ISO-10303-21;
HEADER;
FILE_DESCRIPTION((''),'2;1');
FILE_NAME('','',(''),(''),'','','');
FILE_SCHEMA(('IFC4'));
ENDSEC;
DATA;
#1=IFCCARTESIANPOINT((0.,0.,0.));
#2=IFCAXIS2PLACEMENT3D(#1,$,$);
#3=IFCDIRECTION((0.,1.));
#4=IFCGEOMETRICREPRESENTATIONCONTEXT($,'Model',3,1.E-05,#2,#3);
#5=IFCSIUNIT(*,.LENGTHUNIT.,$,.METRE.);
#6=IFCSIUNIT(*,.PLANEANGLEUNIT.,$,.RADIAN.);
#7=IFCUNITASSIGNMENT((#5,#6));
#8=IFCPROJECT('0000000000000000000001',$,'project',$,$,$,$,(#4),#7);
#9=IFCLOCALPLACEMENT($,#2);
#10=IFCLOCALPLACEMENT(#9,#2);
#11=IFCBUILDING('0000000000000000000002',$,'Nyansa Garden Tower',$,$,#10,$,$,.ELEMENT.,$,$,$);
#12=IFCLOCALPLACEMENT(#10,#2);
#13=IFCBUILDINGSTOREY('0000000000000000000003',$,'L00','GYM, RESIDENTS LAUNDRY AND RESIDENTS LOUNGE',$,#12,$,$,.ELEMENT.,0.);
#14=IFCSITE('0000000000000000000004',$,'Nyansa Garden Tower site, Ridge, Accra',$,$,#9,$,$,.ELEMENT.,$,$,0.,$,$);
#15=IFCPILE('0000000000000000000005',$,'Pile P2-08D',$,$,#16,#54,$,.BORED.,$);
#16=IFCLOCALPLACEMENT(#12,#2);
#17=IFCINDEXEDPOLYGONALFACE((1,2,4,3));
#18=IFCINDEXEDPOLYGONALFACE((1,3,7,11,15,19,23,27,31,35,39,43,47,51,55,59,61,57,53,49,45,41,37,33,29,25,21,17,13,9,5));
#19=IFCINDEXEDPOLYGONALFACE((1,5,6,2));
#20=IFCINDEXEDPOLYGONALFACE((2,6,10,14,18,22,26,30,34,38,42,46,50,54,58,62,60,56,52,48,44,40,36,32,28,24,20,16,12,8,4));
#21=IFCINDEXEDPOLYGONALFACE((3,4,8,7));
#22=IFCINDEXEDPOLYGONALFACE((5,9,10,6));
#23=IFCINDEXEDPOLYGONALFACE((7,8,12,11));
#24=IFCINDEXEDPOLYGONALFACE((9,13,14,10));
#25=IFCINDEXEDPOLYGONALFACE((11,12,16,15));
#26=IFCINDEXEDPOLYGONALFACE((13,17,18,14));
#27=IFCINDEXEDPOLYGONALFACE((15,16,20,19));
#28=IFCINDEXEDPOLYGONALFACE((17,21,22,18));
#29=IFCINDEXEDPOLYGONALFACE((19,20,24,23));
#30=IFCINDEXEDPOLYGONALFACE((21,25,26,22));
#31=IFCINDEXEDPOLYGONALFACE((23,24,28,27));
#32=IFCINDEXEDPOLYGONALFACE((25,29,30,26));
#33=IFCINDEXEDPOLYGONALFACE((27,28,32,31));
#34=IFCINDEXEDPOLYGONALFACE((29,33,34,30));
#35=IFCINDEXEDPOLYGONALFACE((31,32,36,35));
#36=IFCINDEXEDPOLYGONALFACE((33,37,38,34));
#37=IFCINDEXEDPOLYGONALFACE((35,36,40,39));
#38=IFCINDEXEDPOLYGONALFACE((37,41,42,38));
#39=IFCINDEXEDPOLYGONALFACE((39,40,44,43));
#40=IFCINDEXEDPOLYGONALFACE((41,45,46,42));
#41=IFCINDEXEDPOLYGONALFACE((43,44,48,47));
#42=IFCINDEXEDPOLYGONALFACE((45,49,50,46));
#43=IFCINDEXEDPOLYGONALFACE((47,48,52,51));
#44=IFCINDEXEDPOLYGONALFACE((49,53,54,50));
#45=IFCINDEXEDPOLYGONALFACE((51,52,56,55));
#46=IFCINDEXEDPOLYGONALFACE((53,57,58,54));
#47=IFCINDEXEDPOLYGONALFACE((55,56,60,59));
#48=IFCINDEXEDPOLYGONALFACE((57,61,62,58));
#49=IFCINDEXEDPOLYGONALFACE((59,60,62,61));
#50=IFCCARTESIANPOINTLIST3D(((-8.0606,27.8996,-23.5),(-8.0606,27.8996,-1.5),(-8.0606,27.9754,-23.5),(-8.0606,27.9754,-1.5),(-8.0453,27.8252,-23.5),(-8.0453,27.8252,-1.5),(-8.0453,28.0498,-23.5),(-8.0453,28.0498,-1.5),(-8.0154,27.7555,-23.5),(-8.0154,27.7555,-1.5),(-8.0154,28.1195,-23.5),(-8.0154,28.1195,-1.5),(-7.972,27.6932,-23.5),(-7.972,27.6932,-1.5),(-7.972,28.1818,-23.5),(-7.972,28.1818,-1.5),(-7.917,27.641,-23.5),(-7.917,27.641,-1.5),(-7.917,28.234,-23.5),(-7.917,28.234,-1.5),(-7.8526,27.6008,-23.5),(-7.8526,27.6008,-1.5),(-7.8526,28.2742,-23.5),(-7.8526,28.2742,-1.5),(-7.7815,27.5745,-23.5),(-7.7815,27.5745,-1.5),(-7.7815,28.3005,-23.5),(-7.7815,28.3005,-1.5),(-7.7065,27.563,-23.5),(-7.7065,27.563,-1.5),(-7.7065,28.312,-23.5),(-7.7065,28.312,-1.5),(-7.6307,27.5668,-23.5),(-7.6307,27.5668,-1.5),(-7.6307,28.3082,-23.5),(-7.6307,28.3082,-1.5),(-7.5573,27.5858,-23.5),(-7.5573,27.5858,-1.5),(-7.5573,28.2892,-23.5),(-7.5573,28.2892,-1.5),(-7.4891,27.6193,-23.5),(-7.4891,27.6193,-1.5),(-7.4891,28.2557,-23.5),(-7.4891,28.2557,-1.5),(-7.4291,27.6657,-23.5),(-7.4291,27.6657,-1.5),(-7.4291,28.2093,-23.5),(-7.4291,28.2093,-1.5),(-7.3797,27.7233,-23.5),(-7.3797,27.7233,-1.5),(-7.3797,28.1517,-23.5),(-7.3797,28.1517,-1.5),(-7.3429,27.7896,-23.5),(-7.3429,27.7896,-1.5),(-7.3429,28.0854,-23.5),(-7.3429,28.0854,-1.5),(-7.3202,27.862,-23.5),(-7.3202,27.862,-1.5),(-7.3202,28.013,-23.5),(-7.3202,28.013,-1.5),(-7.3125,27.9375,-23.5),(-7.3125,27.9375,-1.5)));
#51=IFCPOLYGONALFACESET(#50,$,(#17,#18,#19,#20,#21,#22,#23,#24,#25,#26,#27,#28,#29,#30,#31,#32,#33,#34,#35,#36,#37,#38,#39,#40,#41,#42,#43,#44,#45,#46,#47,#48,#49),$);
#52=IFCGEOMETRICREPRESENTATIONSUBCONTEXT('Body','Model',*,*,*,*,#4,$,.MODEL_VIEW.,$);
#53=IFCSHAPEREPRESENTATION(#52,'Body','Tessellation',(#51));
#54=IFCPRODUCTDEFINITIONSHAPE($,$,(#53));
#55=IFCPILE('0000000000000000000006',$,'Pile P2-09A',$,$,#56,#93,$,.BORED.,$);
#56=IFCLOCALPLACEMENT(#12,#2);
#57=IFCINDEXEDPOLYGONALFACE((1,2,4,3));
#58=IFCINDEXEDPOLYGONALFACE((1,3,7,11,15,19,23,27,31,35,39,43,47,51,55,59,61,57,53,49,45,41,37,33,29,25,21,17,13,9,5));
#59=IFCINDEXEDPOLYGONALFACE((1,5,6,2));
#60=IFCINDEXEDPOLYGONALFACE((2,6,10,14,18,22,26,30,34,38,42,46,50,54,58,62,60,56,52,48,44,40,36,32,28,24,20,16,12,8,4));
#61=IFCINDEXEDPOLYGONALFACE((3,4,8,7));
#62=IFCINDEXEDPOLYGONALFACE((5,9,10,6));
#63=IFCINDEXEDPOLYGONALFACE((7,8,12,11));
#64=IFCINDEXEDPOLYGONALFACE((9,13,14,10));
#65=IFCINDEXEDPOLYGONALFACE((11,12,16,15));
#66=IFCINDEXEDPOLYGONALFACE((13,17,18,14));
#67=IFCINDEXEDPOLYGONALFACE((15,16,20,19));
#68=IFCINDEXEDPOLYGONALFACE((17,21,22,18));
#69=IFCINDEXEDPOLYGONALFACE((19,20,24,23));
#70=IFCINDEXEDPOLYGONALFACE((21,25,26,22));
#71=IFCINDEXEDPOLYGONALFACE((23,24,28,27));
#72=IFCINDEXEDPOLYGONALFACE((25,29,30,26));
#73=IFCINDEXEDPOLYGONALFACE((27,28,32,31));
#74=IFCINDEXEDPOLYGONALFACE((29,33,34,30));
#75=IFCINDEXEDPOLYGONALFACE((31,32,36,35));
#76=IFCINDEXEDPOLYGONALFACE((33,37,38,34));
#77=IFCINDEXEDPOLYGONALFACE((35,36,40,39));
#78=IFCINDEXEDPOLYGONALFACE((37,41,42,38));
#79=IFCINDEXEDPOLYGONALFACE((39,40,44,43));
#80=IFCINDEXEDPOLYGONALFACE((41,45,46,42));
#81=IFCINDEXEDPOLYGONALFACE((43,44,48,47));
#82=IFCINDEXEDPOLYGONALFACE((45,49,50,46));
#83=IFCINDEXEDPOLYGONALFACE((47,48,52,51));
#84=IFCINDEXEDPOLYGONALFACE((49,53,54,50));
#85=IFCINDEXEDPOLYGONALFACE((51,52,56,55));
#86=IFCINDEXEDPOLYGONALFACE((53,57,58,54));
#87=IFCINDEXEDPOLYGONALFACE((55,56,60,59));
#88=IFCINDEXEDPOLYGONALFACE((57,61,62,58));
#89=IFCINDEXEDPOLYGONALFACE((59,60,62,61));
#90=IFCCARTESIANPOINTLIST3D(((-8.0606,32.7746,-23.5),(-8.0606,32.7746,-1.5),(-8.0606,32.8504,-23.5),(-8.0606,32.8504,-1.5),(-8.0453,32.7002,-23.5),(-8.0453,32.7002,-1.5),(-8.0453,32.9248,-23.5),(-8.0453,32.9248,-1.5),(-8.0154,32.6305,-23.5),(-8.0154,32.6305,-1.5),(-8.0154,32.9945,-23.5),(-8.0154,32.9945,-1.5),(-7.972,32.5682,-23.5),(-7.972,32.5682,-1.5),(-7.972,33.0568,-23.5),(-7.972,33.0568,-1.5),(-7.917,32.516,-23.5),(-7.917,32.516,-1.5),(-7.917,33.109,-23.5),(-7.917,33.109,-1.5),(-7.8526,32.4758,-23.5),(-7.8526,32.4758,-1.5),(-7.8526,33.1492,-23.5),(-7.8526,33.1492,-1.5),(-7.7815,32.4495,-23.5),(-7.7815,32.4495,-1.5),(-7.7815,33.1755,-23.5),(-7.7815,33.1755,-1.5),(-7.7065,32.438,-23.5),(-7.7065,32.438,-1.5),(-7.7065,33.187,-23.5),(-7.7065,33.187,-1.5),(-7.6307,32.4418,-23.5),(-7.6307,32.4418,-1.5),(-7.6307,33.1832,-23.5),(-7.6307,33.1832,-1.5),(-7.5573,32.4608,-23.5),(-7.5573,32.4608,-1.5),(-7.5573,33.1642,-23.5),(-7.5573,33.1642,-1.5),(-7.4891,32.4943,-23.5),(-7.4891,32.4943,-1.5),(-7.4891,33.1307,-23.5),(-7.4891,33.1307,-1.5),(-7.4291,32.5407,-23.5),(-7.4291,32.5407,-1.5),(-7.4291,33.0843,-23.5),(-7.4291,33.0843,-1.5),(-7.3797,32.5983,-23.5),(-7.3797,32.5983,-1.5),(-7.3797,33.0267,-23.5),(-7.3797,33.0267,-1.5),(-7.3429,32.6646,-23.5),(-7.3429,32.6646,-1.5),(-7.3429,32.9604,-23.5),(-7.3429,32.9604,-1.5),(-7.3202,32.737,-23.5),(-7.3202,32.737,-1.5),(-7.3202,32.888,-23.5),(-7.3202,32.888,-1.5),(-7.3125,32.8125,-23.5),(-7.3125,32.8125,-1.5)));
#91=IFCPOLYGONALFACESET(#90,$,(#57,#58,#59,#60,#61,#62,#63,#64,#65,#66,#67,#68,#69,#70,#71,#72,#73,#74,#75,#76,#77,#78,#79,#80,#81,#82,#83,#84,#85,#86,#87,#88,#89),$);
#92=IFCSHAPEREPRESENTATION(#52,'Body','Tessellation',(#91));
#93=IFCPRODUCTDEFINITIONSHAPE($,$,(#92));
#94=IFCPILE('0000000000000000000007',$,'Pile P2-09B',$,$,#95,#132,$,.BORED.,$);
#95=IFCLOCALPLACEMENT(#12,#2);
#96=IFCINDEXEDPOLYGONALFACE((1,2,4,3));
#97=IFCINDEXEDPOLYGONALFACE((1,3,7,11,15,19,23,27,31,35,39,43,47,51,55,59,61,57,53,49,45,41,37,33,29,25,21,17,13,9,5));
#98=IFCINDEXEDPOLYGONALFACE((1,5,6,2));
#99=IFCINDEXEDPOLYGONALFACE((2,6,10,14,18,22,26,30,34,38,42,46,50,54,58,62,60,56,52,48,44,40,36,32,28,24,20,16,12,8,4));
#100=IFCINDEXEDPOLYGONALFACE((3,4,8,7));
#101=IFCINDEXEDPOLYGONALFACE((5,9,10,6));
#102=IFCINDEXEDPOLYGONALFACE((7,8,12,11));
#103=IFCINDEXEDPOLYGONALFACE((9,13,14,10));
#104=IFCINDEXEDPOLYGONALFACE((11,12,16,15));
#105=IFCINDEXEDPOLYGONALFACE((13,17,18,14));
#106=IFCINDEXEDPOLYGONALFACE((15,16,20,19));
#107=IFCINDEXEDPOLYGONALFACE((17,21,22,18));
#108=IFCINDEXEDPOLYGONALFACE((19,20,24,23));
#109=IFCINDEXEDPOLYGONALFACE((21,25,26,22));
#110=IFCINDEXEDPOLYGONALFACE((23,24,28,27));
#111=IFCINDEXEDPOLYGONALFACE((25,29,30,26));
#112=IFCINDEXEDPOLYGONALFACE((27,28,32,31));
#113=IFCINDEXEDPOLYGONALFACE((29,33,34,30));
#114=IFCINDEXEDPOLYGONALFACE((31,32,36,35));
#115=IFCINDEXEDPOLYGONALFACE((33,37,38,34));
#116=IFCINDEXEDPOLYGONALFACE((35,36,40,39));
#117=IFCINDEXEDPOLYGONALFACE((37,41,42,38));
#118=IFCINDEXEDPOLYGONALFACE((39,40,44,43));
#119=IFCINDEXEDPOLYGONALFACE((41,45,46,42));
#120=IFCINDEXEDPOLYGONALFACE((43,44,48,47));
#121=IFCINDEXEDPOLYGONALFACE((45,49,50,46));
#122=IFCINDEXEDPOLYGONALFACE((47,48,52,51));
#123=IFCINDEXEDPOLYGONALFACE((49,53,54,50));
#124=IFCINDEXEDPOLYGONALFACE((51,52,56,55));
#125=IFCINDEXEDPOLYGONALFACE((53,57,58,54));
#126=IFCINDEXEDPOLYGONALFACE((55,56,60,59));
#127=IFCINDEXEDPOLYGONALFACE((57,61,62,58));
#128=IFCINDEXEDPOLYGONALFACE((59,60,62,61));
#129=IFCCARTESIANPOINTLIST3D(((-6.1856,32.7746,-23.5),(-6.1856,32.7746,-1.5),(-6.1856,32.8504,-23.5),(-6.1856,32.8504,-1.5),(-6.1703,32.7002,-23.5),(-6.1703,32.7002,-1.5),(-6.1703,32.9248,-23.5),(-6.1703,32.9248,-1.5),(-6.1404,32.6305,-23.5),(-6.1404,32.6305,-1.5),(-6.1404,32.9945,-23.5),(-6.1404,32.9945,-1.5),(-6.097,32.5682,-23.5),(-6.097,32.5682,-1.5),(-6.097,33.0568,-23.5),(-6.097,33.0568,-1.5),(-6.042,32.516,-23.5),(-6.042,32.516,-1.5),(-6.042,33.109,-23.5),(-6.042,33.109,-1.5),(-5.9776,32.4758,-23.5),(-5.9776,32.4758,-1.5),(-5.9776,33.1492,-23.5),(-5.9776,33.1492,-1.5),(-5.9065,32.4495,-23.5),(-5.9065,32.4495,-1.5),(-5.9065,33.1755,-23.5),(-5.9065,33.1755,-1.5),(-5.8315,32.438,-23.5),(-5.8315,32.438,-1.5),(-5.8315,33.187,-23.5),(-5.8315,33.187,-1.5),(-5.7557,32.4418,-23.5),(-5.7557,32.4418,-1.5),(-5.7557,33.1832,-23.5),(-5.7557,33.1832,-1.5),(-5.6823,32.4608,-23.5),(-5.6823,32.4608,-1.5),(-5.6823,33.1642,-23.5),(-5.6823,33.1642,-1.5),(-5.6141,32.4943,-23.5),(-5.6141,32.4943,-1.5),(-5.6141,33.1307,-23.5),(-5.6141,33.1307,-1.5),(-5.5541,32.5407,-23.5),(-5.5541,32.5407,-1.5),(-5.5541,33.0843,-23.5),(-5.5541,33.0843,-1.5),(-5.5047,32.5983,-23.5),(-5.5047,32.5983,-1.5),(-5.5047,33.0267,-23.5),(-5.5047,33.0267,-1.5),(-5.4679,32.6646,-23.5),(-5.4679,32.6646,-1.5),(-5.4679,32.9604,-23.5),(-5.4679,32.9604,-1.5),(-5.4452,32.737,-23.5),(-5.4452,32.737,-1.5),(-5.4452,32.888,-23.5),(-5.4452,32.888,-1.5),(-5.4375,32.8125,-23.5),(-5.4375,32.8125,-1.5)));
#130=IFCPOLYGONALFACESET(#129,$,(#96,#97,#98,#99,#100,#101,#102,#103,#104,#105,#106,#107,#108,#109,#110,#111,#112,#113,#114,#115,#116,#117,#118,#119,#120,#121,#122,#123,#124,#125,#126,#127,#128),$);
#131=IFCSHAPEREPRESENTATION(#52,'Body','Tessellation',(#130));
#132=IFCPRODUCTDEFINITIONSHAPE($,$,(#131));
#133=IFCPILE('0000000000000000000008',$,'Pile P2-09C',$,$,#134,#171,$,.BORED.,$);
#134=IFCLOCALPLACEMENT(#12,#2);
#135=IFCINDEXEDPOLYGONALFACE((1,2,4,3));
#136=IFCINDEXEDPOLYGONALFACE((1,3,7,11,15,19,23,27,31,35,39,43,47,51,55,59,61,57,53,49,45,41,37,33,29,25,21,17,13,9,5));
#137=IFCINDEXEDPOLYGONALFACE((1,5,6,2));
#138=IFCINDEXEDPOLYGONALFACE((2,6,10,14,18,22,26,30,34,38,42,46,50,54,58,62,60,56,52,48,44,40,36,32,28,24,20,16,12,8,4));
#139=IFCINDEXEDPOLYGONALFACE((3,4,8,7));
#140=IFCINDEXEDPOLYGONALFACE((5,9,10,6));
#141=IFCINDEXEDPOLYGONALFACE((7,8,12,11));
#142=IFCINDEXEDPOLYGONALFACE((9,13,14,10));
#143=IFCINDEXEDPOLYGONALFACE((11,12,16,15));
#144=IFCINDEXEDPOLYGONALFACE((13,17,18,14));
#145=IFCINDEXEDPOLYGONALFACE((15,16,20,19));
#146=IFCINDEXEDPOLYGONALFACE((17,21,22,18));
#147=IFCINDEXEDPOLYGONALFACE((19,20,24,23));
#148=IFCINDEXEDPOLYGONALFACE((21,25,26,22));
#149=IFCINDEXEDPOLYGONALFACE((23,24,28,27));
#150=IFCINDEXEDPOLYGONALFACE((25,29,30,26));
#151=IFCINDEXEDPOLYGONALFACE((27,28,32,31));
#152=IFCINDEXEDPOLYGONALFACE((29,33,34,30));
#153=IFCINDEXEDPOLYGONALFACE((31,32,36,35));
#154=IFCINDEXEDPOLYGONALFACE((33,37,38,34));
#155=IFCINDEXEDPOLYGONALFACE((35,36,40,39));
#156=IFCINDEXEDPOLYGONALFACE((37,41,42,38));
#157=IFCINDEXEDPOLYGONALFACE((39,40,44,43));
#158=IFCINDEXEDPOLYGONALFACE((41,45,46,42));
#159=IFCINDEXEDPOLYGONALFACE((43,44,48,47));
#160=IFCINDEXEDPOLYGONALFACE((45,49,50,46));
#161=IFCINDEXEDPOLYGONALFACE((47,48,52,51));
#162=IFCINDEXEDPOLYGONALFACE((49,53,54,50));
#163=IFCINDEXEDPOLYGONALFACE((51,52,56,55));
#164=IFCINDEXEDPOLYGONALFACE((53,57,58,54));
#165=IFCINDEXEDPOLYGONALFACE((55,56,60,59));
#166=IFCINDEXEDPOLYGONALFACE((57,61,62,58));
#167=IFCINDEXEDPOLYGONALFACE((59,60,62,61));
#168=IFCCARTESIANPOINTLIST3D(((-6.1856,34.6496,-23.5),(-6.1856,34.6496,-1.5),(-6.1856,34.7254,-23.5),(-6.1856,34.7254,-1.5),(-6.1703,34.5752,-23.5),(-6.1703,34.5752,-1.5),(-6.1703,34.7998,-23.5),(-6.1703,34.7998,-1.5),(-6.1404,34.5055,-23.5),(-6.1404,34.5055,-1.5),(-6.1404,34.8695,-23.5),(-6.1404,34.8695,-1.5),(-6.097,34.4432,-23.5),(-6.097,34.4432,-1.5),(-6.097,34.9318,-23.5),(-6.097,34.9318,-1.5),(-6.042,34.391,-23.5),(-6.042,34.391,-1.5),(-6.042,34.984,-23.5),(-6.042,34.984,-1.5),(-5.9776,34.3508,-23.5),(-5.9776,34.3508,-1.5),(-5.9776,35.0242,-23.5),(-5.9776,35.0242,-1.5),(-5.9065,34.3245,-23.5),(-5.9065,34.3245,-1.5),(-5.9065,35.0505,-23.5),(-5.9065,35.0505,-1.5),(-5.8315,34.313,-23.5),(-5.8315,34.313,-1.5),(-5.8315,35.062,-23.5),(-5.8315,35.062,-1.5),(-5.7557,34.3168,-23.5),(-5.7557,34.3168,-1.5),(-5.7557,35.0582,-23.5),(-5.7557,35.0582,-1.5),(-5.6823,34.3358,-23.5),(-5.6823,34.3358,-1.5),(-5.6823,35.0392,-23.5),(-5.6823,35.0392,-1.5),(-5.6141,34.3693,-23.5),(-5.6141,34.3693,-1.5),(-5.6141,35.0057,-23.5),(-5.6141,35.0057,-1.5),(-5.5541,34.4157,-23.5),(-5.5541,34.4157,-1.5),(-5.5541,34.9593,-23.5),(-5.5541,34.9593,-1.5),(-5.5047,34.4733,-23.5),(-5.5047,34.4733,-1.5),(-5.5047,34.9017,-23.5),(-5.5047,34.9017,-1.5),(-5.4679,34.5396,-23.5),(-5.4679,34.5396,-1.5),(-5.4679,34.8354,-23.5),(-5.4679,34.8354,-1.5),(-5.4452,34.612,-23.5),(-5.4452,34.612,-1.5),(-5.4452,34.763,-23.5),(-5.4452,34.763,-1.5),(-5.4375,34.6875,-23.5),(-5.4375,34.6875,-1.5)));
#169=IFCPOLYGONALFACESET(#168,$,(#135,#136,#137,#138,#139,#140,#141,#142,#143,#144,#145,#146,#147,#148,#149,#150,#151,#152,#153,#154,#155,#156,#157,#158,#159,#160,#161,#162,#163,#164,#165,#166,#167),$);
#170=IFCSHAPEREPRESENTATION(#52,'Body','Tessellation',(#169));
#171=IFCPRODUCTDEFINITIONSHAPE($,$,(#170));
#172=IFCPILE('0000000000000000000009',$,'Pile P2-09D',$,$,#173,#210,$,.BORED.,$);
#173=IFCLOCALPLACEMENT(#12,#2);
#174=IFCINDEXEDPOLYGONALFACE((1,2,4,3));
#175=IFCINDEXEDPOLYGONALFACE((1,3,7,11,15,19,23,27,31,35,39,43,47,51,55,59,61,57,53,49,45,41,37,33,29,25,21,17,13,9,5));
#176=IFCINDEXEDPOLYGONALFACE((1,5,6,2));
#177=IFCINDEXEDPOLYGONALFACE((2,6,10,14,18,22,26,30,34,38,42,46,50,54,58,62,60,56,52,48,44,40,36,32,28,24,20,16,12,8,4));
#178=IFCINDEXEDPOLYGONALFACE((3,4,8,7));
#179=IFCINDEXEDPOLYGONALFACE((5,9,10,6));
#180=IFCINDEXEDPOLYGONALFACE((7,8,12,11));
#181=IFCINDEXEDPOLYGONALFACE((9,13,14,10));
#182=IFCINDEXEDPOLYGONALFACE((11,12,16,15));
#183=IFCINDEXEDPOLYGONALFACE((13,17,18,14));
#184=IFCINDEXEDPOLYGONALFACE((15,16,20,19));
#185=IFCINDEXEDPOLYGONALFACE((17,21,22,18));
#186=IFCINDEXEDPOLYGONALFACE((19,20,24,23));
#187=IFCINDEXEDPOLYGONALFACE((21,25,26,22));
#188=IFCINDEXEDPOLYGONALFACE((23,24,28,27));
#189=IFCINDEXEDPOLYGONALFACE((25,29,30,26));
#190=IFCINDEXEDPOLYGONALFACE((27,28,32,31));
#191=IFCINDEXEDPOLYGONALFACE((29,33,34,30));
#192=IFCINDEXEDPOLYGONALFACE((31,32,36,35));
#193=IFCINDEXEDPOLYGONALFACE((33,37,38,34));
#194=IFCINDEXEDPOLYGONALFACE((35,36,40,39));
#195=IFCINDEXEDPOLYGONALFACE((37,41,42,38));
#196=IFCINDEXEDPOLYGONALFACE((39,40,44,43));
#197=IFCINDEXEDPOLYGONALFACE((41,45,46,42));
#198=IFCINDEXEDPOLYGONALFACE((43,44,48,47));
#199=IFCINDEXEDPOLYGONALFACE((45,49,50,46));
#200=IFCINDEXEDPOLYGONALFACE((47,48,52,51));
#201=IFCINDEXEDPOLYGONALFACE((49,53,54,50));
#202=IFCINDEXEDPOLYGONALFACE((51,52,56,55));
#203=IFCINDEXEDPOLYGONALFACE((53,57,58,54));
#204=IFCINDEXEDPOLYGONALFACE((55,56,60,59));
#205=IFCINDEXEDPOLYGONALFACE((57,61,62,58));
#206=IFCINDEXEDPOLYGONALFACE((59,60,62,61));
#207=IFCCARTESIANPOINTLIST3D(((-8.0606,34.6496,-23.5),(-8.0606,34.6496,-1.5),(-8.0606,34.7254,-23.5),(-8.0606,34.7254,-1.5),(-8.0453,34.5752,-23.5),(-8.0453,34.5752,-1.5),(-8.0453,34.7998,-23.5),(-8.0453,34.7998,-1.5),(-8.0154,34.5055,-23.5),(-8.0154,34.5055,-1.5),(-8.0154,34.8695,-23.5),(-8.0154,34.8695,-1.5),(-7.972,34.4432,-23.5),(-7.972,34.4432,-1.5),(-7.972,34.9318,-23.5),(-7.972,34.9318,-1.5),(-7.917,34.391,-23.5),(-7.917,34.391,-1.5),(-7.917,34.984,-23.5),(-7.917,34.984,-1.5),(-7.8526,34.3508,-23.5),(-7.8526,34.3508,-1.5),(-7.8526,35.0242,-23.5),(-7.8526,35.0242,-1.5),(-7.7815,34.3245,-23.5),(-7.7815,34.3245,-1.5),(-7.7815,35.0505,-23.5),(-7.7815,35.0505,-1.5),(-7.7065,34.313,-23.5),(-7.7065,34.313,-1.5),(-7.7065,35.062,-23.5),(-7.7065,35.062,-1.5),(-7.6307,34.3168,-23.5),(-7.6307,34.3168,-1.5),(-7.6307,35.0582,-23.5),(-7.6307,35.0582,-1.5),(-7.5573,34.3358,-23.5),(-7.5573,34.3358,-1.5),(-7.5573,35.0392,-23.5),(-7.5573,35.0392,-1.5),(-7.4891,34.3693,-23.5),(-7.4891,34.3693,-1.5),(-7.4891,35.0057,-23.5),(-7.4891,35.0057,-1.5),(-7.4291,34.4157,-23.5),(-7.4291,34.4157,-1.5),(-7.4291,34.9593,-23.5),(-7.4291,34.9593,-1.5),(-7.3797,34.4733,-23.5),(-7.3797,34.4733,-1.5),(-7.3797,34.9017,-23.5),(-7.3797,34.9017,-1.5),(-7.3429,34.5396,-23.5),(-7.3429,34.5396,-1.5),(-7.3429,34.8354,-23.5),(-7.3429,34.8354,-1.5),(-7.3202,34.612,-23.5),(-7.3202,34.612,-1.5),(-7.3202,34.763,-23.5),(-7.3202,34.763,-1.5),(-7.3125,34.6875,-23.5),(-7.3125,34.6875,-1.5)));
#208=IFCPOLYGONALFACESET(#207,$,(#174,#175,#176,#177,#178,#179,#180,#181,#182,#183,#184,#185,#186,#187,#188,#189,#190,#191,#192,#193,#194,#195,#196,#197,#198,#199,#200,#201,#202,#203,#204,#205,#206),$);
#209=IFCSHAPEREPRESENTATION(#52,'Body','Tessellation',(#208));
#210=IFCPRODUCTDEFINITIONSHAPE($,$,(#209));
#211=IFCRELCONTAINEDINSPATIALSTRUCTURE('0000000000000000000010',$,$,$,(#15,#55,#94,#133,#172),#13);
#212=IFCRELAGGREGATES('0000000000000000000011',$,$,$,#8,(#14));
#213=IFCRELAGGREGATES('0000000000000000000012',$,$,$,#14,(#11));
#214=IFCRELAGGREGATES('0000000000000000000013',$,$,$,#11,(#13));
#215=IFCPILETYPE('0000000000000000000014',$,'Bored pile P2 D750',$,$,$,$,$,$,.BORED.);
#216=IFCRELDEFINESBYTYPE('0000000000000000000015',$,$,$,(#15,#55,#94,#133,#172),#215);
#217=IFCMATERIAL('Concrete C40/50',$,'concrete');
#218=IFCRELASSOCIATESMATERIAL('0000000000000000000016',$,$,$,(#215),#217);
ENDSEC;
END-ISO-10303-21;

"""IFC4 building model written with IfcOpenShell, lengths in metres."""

from ifc_helpers import new_model, si_unit, direction, frame, origin, origin_2d, place, context, subcontext, project, spatial, circle, extrude, material, type_object, element, save


model = new_model("IFC4")

# Units and contexts
model_context = context("Model", 3, precision=1e-05, world=origin(), true_north=direction((0.0, 1.0)))
body_context = subcontext(model_context, "Body", "Model", "MODEL_VIEW")
ifc_project = project(units=[si_unit("LENGTHUNIT", "METRE"), si_unit("PLANEANGLEUNIT", "RADIAN")], contexts=[model_context])

# Site, building, storey
site_placement = place(None, origin())
site = spatial("IfcSite", under=ifc_project, at=site_placement, Name="Nyansa Garden Tower site, Ridge, Accra", CompositionType="ELEMENT", RefElevation=0.0)
building_placement = place(site_placement, origin())
building = spatial("IfcBuilding", under=site, at=building_placement, Name="Nyansa Garden Tower", CompositionType="ELEMENT")
storey_placement = place(building_placement, origin())
storey = spatial("IfcBuildingStorey", under=building, at=storey_placement, Name="L00", Description="GYM, RESIDENTS LAUNDRY AND RESIDENTS LOUNGE", CompositionType="ELEMENT", Elevation=0.0)

# Piles
ifc_material_1 = material(Name="Concrete C40/50", Category="concrete")
pile_type_1 = type_object("IfcPileType", Name="Bored pile P2 D750", PredefinedType="BORED", material=ifc_material_1)
for number, where, z_axis, x_axis, name in (
    (1, (-7.6875, 27.9375, -1.5), (0.0, 0.0, -1.0), (1.0, 0.0, 0.0), "Pile P2-08D"),
    (2, (-7.6875, 32.8125, -1.5), (0.0, 0.0, -1.0), (1.0, 0.0, 0.0), "Pile P2-09A"),
    (3, (-5.8125, 32.8125, -1.5), (0.0, 0.0, -1.0), (1.0, 0.0, 0.0), "Pile P2-09B"),
    (4, (-5.8125, 34.6875, -1.5), (0.0, 0.0, -1.0), (1.0, 0.0, 0.0), "Pile P2-09C"),
    (5, (-7.6875, 34.6875, -1.5), (0.0, 0.0, -1.0), (1.0, 0.0, 0.0), "Pile P2-09D"),
):
    element("IfcPile", number, at=place(storey_placement, frame(where, z_axis=z_axis, x_axis=x_axis)), inside=storey, type_object=pile_type_1, Name=name, PredefinedType="BORED", context=body_context, shape_type="SweptSolid", body=[
        extrude(circle(Radius=0.375, at=origin_2d()), origin(), (0.0, 0.0, 1.0), 22.0),
    ])

save(model, "model.ifc")
